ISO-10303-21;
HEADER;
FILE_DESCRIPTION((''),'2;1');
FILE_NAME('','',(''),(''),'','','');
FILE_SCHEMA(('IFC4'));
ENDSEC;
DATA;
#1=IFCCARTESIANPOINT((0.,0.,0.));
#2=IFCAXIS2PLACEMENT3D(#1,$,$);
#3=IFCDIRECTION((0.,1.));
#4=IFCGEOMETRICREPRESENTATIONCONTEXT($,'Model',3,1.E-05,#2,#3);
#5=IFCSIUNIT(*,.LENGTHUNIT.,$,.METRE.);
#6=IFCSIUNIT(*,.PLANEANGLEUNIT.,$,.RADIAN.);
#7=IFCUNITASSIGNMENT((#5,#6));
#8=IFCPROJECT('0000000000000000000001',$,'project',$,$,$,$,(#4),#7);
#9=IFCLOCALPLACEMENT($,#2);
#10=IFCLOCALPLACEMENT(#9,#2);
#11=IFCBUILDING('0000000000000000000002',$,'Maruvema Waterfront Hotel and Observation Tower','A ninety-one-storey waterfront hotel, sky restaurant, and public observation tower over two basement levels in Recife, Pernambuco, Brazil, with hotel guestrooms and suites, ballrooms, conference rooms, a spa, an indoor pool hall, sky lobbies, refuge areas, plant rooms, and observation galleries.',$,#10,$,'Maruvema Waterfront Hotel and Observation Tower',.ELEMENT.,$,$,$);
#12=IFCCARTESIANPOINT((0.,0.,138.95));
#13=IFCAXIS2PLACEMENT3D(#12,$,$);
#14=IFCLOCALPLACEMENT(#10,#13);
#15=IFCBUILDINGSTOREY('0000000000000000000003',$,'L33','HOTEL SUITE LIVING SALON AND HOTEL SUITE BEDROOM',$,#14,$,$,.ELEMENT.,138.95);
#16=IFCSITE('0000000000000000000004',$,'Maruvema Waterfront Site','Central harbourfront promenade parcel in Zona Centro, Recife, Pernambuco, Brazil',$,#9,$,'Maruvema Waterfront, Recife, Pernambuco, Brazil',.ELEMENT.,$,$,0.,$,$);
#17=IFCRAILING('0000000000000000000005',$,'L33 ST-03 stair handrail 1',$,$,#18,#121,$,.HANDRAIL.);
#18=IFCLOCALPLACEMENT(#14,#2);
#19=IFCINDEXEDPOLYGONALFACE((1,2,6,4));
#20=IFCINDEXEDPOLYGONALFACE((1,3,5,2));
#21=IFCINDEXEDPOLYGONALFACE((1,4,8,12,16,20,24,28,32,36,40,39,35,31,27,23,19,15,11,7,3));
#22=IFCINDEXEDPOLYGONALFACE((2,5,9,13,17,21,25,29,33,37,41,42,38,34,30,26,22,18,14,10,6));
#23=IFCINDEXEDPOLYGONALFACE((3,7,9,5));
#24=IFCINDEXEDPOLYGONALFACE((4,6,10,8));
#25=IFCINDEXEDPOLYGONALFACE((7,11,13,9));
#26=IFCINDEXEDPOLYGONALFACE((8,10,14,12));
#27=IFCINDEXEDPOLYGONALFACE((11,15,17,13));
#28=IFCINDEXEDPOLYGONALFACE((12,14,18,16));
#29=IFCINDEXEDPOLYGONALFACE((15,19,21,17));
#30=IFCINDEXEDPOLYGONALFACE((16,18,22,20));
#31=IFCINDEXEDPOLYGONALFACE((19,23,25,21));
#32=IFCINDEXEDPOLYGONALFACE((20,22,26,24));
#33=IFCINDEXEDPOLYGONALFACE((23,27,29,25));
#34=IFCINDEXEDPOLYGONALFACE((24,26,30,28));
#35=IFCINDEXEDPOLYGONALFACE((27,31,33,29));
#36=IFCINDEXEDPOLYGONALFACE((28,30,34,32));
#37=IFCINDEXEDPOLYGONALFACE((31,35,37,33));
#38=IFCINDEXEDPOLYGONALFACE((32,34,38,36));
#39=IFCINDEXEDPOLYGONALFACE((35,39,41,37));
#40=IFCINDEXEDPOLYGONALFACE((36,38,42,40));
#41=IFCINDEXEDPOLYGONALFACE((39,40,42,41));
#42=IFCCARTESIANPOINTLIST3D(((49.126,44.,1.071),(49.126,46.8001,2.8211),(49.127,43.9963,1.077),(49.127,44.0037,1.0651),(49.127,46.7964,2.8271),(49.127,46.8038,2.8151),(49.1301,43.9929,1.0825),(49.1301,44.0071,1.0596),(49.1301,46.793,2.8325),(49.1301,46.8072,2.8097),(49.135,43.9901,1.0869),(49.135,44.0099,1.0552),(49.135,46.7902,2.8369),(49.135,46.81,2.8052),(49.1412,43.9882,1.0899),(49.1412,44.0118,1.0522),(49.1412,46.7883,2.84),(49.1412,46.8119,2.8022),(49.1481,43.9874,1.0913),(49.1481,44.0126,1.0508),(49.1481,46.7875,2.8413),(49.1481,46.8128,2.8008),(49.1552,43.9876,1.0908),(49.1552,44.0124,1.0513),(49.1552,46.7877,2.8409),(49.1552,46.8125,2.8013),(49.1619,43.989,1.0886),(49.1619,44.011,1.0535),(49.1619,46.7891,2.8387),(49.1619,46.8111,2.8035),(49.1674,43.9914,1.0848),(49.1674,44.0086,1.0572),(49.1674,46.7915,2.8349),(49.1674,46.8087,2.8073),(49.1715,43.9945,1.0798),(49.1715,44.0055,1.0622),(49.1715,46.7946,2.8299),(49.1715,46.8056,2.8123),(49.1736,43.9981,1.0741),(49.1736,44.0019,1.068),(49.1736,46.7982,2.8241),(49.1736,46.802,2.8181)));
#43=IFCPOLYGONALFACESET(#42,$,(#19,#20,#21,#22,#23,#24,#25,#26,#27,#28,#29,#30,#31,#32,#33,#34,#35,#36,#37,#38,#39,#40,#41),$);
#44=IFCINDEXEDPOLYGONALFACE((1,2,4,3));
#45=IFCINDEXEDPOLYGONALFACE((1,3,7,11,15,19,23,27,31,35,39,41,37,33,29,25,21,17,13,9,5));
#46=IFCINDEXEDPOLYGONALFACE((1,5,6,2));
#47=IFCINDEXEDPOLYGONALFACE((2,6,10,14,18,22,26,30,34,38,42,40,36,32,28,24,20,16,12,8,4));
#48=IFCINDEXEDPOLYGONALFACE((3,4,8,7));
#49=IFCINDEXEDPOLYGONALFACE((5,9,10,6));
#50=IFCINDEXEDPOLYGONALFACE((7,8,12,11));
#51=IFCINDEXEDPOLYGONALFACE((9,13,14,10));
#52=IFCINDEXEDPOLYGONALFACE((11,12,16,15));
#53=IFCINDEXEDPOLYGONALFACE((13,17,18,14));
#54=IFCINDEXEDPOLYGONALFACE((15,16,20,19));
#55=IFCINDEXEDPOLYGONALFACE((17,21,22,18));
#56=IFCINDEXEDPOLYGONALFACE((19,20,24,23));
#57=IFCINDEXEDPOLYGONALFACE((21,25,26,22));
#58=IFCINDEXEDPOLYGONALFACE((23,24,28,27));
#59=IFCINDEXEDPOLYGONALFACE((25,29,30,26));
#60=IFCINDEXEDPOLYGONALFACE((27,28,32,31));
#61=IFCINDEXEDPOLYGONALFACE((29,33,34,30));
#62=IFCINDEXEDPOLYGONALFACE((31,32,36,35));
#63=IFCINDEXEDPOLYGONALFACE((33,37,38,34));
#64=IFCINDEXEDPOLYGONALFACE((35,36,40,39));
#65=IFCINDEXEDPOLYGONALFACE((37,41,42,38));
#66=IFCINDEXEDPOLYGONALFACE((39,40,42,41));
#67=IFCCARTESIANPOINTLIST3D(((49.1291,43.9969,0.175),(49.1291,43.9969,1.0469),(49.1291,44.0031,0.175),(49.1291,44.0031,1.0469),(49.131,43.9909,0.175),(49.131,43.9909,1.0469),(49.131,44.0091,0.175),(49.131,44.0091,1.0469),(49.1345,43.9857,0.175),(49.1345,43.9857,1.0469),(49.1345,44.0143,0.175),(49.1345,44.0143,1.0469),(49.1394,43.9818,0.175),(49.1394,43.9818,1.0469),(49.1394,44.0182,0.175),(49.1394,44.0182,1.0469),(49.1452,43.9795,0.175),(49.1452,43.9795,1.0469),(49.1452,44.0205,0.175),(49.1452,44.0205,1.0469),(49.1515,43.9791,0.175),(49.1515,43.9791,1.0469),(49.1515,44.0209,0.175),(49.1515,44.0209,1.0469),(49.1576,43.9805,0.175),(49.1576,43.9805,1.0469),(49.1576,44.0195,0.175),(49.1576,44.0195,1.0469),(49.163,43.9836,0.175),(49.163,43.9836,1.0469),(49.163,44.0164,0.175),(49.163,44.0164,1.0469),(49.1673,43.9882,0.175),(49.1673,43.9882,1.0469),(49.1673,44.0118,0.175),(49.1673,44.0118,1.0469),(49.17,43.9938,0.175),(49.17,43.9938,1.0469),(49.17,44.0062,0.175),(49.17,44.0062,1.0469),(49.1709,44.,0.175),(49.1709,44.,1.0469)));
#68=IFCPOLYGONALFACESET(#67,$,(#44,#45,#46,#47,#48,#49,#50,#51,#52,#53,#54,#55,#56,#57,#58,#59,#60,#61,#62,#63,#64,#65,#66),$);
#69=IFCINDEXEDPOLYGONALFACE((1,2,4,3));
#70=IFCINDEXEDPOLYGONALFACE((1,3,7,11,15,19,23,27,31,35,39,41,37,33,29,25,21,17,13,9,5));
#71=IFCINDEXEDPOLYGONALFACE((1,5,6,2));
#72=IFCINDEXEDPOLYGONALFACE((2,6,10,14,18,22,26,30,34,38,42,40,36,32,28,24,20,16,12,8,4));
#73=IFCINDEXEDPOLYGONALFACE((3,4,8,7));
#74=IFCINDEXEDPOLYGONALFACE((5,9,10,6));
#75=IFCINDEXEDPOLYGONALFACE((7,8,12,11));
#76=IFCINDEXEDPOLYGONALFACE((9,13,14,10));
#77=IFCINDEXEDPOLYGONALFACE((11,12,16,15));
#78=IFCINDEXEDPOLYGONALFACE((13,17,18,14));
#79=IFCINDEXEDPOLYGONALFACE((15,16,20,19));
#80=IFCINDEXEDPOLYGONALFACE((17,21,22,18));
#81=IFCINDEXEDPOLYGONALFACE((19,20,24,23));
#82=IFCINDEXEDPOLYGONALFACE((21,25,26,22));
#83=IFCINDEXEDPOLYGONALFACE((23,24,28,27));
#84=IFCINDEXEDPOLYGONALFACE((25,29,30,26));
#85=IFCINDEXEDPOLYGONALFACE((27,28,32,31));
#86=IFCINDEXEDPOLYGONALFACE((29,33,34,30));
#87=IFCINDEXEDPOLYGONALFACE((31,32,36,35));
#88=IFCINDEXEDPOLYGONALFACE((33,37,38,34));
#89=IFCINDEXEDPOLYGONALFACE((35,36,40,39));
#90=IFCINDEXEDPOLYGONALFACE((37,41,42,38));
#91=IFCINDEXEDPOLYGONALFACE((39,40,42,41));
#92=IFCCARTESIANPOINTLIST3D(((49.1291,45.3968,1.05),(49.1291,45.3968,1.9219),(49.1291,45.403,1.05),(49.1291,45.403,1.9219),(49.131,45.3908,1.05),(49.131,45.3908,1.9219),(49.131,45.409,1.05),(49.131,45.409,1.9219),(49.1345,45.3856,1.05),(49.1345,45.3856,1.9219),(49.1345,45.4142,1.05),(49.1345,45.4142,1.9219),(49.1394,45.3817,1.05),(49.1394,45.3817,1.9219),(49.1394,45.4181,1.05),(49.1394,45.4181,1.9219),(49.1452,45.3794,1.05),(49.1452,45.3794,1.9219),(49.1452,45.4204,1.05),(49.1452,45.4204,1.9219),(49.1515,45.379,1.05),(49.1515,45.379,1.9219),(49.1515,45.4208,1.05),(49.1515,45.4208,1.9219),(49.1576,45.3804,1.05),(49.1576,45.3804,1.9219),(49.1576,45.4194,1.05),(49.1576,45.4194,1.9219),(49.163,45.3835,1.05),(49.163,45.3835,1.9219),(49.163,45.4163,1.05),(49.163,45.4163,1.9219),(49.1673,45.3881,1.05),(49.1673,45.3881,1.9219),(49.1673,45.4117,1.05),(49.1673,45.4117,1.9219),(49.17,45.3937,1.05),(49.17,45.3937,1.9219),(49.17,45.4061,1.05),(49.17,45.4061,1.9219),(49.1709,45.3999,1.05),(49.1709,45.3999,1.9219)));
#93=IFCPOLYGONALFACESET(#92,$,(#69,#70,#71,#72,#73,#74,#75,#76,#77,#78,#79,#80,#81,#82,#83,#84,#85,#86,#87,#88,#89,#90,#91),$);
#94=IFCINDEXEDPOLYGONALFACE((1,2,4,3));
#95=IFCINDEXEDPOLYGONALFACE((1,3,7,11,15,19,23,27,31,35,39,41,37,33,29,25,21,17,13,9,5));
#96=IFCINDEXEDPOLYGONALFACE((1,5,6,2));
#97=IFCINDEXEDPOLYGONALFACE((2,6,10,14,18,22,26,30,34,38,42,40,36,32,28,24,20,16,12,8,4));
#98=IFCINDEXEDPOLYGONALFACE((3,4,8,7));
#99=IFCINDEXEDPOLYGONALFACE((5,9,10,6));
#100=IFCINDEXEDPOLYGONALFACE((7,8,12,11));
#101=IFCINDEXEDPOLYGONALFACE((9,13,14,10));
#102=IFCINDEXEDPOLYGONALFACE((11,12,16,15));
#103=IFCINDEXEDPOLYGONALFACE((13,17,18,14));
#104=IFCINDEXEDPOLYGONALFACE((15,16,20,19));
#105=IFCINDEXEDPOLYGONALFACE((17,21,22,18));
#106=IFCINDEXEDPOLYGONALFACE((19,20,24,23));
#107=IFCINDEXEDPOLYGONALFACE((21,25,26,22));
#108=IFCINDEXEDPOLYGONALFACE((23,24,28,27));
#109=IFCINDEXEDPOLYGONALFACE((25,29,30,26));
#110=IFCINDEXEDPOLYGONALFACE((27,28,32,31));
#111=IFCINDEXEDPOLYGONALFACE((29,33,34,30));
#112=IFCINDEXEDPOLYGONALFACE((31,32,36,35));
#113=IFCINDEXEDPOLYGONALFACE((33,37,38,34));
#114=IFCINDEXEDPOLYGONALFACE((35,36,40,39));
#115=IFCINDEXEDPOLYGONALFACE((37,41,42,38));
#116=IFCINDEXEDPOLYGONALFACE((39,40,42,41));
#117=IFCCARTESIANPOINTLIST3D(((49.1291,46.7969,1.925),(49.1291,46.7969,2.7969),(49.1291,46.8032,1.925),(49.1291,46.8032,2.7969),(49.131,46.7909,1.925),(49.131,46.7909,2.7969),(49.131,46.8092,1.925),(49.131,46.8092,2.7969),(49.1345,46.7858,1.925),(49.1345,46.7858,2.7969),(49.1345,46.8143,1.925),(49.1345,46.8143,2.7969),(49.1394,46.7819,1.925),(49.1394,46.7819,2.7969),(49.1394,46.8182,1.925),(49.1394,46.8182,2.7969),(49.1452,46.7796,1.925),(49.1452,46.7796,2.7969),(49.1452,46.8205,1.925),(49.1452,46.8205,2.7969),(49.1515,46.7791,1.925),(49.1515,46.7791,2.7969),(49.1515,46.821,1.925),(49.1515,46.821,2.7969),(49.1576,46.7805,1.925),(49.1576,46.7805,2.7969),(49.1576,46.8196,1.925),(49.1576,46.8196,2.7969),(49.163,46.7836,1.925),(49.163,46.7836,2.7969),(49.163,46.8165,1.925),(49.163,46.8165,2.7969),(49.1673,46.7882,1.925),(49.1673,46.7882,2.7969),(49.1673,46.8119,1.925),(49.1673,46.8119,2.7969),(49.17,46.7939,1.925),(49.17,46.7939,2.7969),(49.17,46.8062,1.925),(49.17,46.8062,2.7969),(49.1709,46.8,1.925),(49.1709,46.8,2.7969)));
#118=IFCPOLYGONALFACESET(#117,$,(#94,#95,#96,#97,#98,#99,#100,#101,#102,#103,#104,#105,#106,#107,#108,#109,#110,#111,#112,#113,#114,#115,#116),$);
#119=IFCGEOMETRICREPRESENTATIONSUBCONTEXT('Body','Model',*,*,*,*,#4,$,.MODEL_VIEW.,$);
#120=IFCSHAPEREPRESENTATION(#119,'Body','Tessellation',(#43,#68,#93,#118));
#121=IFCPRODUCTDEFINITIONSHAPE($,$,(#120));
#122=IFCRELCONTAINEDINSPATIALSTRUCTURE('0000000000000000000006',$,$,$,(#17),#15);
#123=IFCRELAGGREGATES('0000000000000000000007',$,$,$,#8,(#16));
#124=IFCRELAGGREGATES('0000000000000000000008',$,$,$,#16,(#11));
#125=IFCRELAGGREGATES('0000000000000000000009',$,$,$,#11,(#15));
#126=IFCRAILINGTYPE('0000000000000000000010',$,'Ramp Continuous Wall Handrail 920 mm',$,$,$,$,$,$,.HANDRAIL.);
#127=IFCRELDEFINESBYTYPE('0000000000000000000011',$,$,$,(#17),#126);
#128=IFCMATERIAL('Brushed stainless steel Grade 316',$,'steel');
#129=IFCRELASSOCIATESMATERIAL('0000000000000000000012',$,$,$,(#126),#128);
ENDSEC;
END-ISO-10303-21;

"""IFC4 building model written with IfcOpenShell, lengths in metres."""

from ifc_helpers import new_model, si_unit, direction, frame, origin, origin_2d, place, context, subcontext, project, spatial, circle, extrude, material, type_object, element, save


model = new_model("IFC4")

# Units and contexts
model_context = context("Model", 3, precision=1e-05, world=origin(), true_north=direction((0.0, 1.0)))
body_context = subcontext(model_context, "Body", "Model", "MODEL_VIEW")
ifc_project = project(units=[si_unit("LENGTHUNIT", "METRE"), si_unit("PLANEANGLEUNIT", "RADIAN")], contexts=[model_context])

# Site, building, storey
site_placement = place(None, origin())
site = spatial("IfcSite", under=ifc_project, at=site_placement, Name="Maruvema Waterfront Site", Description="Central harbourfront promenade parcel in Zona Centro, Recife, Pernambuco, Brazil", LongName="Maruvema Waterfront, Recife, Pernambuco, Brazil", CompositionType="ELEMENT", RefElevation=0.0)
building_placement = place(site_placement, origin())
building = spatial("IfcBuilding", under=site, at=building_placement, Name="Maruvema Waterfront Hotel and Observation Tower", Description="A ninety-one-storey waterfront hotel, sky restaurant, and public observation tower over two basement levels in Recife, Pernambuco, Brazil, with hotel guestrooms and suites, ballrooms, conference rooms, a spa, an indoor pool hall, sky lobbies, refuge areas, plant rooms, and observation galleries.", LongName="Maruvema Waterfront Hotel and Observation Tower", CompositionType="ELEMENT")
storey_placement = place(building_placement, frame((0.0, 0.0, 138.95)))
storey = spatial("IfcBuildingStorey", under=building, at=storey_placement, Name="L33", Description="HOTEL SUITE LIVING SALON AND HOTEL SUITE BEDROOM", CompositionType="ELEMENT", Elevation=138.95)

# Railing
ifc_material_1 = material(Name="Brushed stainless steel Grade 316", Category="steel")
railing_type_1 = type_object("IfcRailingType", Name="Ramp Continuous Wall Handrail 920 mm", PredefinedType="HANDRAIL", material=ifc_material_1)
railing_1_placement = place(storey_placement, frame((49.1499, 44.0, 0.175)))
element("IfcRailing", 1, at=railing_1_placement, inside=storey, type_object=railing_type_1, Name="L33 ST-03 stair handrail 1", PredefinedType="HANDRAIL", context=body_context, shape_type="SweptSolid", body=[
    extrude(circle(Radius=0.0239, at=origin_2d()), frame((0.0, 0.0, 0.896), z_axis=(0.0, 0.848002, 0.529992), x_axis=(-1.0, 0.0, 0.0)), (0.0, 0.0, 1.0), 3.302),
    extrude(circle(Radius=0.021, at=origin_2d()), origin(), (0.0, 0.0, 1.0), 0.8718),
    extrude(circle(Radius=0.021, at=origin_2d()), frame((0.0, 1.3999, 0.875)), (0.0, 0.0, 1.0), 0.8718),
    extrude(circle(Radius=0.021, at=origin_2d()), frame((0.0, 2.8, 1.75)), (0.0, 0.0, 1.0), 0.8718),
])

save(model, "model.ifc")
